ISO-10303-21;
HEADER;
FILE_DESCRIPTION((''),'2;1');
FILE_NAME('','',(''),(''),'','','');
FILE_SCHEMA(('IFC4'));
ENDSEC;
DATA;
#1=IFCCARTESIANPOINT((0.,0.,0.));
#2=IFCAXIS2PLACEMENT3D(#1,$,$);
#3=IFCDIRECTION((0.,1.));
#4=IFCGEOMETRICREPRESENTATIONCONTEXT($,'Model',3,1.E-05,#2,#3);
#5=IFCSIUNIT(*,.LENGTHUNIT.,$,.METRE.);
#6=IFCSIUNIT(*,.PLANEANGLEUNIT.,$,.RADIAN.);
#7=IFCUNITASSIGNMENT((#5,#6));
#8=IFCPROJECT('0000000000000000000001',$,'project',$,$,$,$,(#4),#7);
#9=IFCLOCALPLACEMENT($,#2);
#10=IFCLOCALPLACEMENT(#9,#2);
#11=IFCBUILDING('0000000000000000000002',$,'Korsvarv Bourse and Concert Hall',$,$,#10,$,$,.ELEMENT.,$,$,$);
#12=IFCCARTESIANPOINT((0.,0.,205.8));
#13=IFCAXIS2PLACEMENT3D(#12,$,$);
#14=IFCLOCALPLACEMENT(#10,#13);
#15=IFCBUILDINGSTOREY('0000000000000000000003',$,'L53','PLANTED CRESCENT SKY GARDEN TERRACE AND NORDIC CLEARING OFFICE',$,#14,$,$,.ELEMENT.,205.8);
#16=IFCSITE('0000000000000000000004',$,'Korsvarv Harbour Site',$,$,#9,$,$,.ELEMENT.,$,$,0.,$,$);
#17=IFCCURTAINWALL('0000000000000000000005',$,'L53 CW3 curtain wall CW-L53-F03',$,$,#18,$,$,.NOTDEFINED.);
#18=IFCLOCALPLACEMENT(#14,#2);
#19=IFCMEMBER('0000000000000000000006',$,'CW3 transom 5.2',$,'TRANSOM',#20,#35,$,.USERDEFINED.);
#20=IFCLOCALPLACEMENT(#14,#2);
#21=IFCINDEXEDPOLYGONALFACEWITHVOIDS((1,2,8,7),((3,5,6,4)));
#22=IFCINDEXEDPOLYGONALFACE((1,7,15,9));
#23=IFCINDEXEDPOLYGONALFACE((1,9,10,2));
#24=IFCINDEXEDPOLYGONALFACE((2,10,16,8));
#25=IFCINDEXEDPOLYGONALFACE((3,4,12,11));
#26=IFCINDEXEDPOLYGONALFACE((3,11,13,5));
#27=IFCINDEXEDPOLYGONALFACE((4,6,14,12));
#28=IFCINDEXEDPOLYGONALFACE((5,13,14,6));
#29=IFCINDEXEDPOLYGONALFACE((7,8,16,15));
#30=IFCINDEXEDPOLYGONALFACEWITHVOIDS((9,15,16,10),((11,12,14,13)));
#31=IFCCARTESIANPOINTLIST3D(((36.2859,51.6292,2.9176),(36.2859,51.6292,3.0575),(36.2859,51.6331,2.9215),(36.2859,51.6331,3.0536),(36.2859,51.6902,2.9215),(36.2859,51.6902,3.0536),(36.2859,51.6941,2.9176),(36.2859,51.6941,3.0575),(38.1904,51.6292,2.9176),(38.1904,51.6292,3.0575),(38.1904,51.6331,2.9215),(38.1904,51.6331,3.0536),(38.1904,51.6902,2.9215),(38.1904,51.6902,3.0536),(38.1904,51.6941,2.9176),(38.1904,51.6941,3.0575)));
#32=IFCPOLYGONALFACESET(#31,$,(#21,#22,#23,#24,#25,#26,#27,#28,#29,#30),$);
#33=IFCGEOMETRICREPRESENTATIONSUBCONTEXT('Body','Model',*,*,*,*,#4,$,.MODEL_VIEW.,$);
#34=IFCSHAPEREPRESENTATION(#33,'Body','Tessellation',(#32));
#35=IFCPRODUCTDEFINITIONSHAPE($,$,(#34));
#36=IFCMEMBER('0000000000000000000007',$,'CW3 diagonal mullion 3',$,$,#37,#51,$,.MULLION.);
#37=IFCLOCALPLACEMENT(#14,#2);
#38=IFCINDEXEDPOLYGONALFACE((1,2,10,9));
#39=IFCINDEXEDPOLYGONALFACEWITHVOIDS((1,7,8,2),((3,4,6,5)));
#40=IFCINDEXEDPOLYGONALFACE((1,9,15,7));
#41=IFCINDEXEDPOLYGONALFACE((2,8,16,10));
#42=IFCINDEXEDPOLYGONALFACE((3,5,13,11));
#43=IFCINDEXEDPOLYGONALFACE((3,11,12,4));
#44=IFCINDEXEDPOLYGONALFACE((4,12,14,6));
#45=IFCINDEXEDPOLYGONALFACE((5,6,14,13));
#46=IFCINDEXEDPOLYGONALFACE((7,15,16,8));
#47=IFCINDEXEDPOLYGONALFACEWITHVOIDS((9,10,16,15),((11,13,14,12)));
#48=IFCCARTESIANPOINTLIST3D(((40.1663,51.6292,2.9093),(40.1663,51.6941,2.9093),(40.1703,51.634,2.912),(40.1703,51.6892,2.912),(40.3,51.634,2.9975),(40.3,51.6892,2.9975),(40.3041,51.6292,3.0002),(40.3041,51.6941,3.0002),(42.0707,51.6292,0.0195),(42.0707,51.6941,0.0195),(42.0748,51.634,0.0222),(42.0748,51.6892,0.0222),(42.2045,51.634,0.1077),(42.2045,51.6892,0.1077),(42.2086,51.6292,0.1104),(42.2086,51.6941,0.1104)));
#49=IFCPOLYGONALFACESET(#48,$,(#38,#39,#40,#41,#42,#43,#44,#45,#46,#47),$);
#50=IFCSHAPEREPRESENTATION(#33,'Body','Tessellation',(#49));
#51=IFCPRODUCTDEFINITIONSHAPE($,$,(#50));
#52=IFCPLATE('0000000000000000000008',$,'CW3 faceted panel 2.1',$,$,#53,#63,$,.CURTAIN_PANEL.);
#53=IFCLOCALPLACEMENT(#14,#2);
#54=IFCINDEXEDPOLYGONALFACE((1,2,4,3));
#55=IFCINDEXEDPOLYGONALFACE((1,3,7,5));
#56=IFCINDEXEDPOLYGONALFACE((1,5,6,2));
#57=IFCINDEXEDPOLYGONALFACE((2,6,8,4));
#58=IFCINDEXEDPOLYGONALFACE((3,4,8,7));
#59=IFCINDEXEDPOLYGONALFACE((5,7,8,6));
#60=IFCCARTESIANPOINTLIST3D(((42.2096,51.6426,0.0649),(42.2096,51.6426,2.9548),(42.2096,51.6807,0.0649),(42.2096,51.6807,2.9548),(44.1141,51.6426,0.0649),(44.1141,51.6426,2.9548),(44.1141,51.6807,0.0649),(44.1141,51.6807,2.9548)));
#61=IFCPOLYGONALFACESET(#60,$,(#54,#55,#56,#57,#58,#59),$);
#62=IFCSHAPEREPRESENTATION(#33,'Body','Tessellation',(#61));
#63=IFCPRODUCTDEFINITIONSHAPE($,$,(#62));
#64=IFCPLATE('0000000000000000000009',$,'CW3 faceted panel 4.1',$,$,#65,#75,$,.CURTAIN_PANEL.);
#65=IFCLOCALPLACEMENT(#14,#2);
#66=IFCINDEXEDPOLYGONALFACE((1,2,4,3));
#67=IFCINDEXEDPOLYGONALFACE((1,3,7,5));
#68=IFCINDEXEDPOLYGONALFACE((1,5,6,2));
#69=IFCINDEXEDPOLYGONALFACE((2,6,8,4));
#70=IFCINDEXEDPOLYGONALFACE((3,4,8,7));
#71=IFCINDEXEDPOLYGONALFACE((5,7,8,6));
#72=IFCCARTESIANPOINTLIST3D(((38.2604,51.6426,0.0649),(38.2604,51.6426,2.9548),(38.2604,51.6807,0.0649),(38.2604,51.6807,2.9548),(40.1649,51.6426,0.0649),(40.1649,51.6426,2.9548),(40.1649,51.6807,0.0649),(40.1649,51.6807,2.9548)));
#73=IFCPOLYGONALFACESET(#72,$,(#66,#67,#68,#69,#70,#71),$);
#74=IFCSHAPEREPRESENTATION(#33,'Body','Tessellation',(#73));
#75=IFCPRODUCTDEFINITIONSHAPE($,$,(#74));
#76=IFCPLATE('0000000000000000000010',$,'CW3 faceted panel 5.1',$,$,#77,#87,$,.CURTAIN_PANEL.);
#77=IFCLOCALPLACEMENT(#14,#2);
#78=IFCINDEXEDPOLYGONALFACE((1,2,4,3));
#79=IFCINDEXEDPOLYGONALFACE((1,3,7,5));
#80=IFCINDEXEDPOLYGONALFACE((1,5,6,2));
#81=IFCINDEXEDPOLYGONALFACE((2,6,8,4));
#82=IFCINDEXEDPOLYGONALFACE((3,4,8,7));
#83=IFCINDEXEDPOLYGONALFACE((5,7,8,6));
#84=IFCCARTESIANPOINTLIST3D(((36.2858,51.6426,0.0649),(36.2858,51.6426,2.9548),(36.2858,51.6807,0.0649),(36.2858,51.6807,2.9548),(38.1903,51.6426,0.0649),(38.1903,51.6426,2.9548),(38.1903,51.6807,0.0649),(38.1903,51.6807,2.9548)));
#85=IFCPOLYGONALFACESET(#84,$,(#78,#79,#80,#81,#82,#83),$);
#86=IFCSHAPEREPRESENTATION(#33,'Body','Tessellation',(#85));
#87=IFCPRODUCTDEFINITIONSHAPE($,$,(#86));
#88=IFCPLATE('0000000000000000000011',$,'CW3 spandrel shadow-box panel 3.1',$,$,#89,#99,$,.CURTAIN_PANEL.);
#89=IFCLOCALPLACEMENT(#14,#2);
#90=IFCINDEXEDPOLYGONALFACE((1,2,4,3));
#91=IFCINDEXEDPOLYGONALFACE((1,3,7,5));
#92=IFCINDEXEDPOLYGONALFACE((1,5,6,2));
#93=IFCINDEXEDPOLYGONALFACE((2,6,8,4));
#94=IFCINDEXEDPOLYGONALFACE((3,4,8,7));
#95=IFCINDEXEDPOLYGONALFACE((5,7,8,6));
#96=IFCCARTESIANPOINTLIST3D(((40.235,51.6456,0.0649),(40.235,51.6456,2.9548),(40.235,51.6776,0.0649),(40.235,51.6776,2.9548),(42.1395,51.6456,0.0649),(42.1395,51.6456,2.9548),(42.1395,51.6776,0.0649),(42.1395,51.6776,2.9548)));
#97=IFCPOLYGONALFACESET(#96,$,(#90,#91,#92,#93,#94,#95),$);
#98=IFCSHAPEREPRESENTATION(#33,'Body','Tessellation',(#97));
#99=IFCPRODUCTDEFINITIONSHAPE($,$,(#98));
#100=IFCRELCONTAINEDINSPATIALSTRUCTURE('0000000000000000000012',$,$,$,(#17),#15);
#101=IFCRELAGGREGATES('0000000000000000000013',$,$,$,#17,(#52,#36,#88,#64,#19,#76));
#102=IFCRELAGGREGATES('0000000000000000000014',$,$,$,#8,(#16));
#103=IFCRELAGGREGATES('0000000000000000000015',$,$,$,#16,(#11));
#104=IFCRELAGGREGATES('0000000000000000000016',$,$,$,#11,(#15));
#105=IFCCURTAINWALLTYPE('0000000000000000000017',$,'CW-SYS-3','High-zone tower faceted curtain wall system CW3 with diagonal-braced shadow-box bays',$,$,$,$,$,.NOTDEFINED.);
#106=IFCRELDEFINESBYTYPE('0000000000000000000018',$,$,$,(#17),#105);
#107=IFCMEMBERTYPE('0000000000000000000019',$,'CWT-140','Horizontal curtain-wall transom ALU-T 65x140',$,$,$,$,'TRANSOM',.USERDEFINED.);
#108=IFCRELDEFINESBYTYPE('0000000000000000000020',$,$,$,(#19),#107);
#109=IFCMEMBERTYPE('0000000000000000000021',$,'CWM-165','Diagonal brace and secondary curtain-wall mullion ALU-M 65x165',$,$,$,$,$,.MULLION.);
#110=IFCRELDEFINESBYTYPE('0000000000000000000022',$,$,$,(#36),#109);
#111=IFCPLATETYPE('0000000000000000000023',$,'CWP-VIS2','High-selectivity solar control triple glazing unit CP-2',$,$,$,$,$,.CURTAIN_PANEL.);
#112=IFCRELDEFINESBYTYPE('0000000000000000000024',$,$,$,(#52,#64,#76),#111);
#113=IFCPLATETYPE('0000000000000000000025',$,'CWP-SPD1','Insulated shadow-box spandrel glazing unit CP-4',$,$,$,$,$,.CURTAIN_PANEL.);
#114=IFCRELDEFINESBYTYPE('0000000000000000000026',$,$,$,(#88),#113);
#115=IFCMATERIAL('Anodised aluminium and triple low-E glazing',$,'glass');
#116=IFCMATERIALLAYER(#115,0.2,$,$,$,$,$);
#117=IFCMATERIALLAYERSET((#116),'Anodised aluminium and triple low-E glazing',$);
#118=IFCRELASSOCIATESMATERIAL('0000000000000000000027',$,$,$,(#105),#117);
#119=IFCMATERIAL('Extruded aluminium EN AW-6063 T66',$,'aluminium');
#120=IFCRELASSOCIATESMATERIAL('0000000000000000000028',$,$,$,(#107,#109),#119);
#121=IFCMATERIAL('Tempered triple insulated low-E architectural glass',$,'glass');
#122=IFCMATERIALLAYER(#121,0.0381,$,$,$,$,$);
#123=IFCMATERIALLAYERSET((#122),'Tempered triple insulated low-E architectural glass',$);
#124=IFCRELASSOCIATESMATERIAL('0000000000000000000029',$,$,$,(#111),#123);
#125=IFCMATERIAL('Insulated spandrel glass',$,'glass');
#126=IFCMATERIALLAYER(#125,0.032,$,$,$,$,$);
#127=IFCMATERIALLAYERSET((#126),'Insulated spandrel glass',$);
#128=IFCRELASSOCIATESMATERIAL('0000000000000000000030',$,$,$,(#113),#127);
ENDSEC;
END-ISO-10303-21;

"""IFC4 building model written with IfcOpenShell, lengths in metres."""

from ifc_helpers import new_model, si_unit, direction, frame, origin, origin_2d, place, context, subcontext, project, spatial, rectangle, hollow_rectangle, extrude, source, transform, mapped, material, layer, layer_set, material_profile, profile_set, type_object, element, aggregate, save


model = new_model("IFC4")

# Units and contexts
model_context = context("Model", 3, precision=1e-05, world=origin(), true_north=direction((0.0, 1.0)))
body_context = subcontext(model_context, "Body", "Model", "MODEL_VIEW")
ifc_project = project(units=[si_unit("LENGTHUNIT", "METRE"), si_unit("PLANEANGLEUNIT", "RADIAN")], contexts=[model_context])

# Site, building, storey
site_placement = place(None, origin())
site = spatial("IfcSite", under=ifc_project, at=site_placement, Name="Korsvarv Harbour Site", CompositionType="ELEMENT", RefElevation=0.0)
building_placement = place(site_placement, origin())
building = spatial("IfcBuilding", under=site, at=building_placement, Name="Korsvarv Bourse and Concert Hall", CompositionType="ELEMENT")
storey_placement = place(building_placement, frame((0.0, 0.0, 205.8)))
storey = spatial("IfcBuildingStorey", under=building, at=storey_placement, Name="L53", Description="PLANTED CRESCENT SKY GARDEN TERRACE AND NORDIC CLEARING OFFICE", CompositionType="ELEMENT", Elevation=205.8)

# Curtain wall, members, plates
ifc_material_1 = material(Name="Anodised aluminium and triple low-E glazing", Category="glass")
ifc_layer_1 = layer(ifc_material_1, 0.2)
ifc_layer_set_1 = layer_set([ifc_layer_1], Name="Anodised aluminium and triple low-E glazing")
curtain_wall_type = type_object("IfcCurtainWallType", Name="CW-SYS-3", Description="High-zone tower faceted curtain wall system CW3 with diagonal-braced shadow-box bays", PredefinedType="NOTDEFINED", material=ifc_layer_set_1)
curtain_wall_placement = place(storey_placement, origin())
curtain_wall = element("IfcCurtainWall", 1, at=curtain_wall_placement, inside=storey, type_object=curtain_wall_type, Name="L53 CW3 curtain wall CW-L53-F03", PredefinedType="NOTDEFINED")
ifc_material_2 = material(Name="Extruded aluminium EN AW-6063 T66", Category="aluminium")
ifc_material_profile_1 = material_profile(ifc_material_2, hollow_rectangle(XDim=0.0649, YDim=0.1399, WallThickness=0.0039, at=origin_2d()), Name="ALU-T 65x140")
ifc_profile_set_1 = profile_set([ifc_material_profile_1], Name="Extruded aluminium EN AW-6063 T66")
member_type_1 = type_object("IfcMemberType", Name="CWT-140", Description="Horizontal curtain-wall transom ALU-T 65x140", ElementType="TRANSOM", PredefinedType="USERDEFINED", material=ifc_profile_set_1)
shared_shape_1 = source(origin(), body_context, "Body", "SweptSolid", [
    extrude(hollow_rectangle(XDim=0.0649, YDim=0.1399, WallThickness=0.0039, at=origin_2d()), origin(), (0.0, 0.0, 1.0), 1.9045),
])
member_1_placement = place(storey_placement, frame((38.1904, 51.6616, 2.9875), z_axis=(-1.0, 0.0, 0.0), x_axis=(0.0, -1.0, 0.0)))
member_1 = element("IfcMember", 2, at=member_1_placement, type_object=member_type_1, Name="CW3 transom 5.2", ObjectType="TRANSOM", PredefinedType="USERDEFINED", context=body_context, shape_type="MappedRepresentation", body=[
    mapped(shared_shape_1, transform((0.0, 0.0, 0.0), scale=1.0)),
])
ifc_material_profile_2 = material_profile(ifc_material_2, hollow_rectangle(XDim=0.0649, YDim=0.165, WallThickness=0.0049, at=origin_2d()), Name="ALU-M 65x165")
ifc_profile_set_2 = profile_set([ifc_material_profile_2], Name="Extruded aluminium EN AW-6063 T66")
member_type_2 = type_object("IfcMemberType", Name="CWM-165", Description="Diagonal brace and secondary curtain-wall mullion ALU-M 65x165", PredefinedType="MULLION", material=ifc_profile_set_2)
shared_shape_2 = source(origin(), body_context, "Body", "SweptSolid", [
    extrude(hollow_rectangle(XDim=0.0649, YDim=0.165, WallThickness=0.0049, at=origin_2d()), origin(), (0.0, 0.0, 1.0), 3.4609),
])
member_2_placement = place(storey_placement, frame((42.1396, 51.6616, 0.0649), z_axis=(-0.550281, 0.0, 0.83498), x_axis=(0.0, -1.0, 0.0)))
member_2 = element("IfcMember", 3, at=member_2_placement, type_object=member_type_2, Name="CW3 diagonal mullion 3", PredefinedType="MULLION", context=body_context, shape_type="MappedRepresentation", body=[
    mapped(shared_shape_2, transform((0.0, 0.0, 0.0), scale=1.0)),
])
ifc_material_3 = material(Name="Tempered triple insulated low-E architectural glass", Category="glass")
ifc_layer_2 = layer(ifc_material_3, 0.0381)
ifc_layer_set_2 = layer_set([ifc_layer_2], Name="Tempered triple insulated low-E architectural glass")
plate_type_1 = type_object("IfcPlateType", Name="CWP-VIS2", Description="High-selectivity solar control triple glazing unit CP-2", PredefinedType="CURTAIN_PANEL", material=ifc_layer_set_2)
shared_shape_3 = source(origin(), body_context, "Body", "SweptSolid", [
    extrude(rectangle(XDim=1.9045, YDim=0.0381, at=origin_2d()), origin(), (0.0, 0.0, 1.0), 2.8899),
])
plate_1_placement = place(storey_placement, frame((43.1619, 51.6616, 0.0649), z_axis=(0.0, 0.0, 1.0), x_axis=(-1.0, 0.0, 0.0)))
plate_1 = element("IfcPlate", 4, at=plate_1_placement, type_object=plate_type_1, Name="CW3 faceted panel 2.1", PredefinedType="CURTAIN_PANEL", context=body_context, shape_type="MappedRepresentation", body=[
    mapped(shared_shape_3, transform((0.0, 0.0, 0.0), scale=1.0)),
])
plate_2_placement = place(storey_placement, frame((39.2126, 51.6616, 0.0649), z_axis=(0.0, 0.0, 1.0), x_axis=(-1.0, 0.0, 0.0)))
plate_2 = element("IfcPlate", 5, at=plate_2_placement, type_object=plate_type_1, Name="CW3 faceted panel 4.1", PredefinedType="CURTAIN_PANEL", context=body_context, shape_type="MappedRepresentation", body=[
    mapped(shared_shape_3, transform((0.0, 0.0, 0.0), scale=1.0)),
])
plate_3_placement = place(storey_placement, frame((37.238, 51.6616, 0.0649), z_axis=(0.0, 0.0, 1.0), x_axis=(-1.0, 0.0, 0.0)))
plate_3 = element("IfcPlate", 6, at=plate_3_placement, type_object=plate_type_1, Name="CW3 faceted panel 5.1", PredefinedType="CURTAIN_PANEL", context=body_context, shape_type="MappedRepresentation", body=[
    mapped(shared_shape_3, transform((0.0, 0.0, 0.0), scale=1.0)),
])
ifc_material_4 = material(Name="Insulated spandrel glass", Category="glass")
ifc_layer_3 = layer(ifc_material_4, 0.032)
ifc_layer_set_3 = layer_set([ifc_layer_3], Name="Insulated spandrel glass")
plate_type_2 = type_object("IfcPlateType", Name="CWP-SPD1", Description="Insulated shadow-box spandrel glazing unit CP-4", PredefinedType="CURTAIN_PANEL", material=ifc_layer_set_3)
shared_shape_4 = source(origin(), body_context, "Body", "SweptSolid", [
    extrude(rectangle(XDim=1.9045, YDim=0.032, at=origin_2d()), origin(), (0.0, 0.0, 1.0), 2.8899),
])
plate_4_placement = place(storey_placement, frame((41.1873, 51.6616, 0.0649), z_axis=(0.0, 0.0, 1.0), x_axis=(-1.0, 0.0, 0.0)))
plate_4 = element("IfcPlate", 7, at=plate_4_placement, type_object=plate_type_2, Name="CW3 spandrel shadow-box panel 3.1", PredefinedType="CURTAIN_PANEL", context=body_context, shape_type="MappedRepresentation", body=[
    mapped(shared_shape_4, transform((0.0, 0.0, 0.0), scale=1.0)),
])
aggregate(curtain_wall, [plate_1, member_2, plate_4, plate_2, member_1, plate_3])

save(model, "model.ifc")
